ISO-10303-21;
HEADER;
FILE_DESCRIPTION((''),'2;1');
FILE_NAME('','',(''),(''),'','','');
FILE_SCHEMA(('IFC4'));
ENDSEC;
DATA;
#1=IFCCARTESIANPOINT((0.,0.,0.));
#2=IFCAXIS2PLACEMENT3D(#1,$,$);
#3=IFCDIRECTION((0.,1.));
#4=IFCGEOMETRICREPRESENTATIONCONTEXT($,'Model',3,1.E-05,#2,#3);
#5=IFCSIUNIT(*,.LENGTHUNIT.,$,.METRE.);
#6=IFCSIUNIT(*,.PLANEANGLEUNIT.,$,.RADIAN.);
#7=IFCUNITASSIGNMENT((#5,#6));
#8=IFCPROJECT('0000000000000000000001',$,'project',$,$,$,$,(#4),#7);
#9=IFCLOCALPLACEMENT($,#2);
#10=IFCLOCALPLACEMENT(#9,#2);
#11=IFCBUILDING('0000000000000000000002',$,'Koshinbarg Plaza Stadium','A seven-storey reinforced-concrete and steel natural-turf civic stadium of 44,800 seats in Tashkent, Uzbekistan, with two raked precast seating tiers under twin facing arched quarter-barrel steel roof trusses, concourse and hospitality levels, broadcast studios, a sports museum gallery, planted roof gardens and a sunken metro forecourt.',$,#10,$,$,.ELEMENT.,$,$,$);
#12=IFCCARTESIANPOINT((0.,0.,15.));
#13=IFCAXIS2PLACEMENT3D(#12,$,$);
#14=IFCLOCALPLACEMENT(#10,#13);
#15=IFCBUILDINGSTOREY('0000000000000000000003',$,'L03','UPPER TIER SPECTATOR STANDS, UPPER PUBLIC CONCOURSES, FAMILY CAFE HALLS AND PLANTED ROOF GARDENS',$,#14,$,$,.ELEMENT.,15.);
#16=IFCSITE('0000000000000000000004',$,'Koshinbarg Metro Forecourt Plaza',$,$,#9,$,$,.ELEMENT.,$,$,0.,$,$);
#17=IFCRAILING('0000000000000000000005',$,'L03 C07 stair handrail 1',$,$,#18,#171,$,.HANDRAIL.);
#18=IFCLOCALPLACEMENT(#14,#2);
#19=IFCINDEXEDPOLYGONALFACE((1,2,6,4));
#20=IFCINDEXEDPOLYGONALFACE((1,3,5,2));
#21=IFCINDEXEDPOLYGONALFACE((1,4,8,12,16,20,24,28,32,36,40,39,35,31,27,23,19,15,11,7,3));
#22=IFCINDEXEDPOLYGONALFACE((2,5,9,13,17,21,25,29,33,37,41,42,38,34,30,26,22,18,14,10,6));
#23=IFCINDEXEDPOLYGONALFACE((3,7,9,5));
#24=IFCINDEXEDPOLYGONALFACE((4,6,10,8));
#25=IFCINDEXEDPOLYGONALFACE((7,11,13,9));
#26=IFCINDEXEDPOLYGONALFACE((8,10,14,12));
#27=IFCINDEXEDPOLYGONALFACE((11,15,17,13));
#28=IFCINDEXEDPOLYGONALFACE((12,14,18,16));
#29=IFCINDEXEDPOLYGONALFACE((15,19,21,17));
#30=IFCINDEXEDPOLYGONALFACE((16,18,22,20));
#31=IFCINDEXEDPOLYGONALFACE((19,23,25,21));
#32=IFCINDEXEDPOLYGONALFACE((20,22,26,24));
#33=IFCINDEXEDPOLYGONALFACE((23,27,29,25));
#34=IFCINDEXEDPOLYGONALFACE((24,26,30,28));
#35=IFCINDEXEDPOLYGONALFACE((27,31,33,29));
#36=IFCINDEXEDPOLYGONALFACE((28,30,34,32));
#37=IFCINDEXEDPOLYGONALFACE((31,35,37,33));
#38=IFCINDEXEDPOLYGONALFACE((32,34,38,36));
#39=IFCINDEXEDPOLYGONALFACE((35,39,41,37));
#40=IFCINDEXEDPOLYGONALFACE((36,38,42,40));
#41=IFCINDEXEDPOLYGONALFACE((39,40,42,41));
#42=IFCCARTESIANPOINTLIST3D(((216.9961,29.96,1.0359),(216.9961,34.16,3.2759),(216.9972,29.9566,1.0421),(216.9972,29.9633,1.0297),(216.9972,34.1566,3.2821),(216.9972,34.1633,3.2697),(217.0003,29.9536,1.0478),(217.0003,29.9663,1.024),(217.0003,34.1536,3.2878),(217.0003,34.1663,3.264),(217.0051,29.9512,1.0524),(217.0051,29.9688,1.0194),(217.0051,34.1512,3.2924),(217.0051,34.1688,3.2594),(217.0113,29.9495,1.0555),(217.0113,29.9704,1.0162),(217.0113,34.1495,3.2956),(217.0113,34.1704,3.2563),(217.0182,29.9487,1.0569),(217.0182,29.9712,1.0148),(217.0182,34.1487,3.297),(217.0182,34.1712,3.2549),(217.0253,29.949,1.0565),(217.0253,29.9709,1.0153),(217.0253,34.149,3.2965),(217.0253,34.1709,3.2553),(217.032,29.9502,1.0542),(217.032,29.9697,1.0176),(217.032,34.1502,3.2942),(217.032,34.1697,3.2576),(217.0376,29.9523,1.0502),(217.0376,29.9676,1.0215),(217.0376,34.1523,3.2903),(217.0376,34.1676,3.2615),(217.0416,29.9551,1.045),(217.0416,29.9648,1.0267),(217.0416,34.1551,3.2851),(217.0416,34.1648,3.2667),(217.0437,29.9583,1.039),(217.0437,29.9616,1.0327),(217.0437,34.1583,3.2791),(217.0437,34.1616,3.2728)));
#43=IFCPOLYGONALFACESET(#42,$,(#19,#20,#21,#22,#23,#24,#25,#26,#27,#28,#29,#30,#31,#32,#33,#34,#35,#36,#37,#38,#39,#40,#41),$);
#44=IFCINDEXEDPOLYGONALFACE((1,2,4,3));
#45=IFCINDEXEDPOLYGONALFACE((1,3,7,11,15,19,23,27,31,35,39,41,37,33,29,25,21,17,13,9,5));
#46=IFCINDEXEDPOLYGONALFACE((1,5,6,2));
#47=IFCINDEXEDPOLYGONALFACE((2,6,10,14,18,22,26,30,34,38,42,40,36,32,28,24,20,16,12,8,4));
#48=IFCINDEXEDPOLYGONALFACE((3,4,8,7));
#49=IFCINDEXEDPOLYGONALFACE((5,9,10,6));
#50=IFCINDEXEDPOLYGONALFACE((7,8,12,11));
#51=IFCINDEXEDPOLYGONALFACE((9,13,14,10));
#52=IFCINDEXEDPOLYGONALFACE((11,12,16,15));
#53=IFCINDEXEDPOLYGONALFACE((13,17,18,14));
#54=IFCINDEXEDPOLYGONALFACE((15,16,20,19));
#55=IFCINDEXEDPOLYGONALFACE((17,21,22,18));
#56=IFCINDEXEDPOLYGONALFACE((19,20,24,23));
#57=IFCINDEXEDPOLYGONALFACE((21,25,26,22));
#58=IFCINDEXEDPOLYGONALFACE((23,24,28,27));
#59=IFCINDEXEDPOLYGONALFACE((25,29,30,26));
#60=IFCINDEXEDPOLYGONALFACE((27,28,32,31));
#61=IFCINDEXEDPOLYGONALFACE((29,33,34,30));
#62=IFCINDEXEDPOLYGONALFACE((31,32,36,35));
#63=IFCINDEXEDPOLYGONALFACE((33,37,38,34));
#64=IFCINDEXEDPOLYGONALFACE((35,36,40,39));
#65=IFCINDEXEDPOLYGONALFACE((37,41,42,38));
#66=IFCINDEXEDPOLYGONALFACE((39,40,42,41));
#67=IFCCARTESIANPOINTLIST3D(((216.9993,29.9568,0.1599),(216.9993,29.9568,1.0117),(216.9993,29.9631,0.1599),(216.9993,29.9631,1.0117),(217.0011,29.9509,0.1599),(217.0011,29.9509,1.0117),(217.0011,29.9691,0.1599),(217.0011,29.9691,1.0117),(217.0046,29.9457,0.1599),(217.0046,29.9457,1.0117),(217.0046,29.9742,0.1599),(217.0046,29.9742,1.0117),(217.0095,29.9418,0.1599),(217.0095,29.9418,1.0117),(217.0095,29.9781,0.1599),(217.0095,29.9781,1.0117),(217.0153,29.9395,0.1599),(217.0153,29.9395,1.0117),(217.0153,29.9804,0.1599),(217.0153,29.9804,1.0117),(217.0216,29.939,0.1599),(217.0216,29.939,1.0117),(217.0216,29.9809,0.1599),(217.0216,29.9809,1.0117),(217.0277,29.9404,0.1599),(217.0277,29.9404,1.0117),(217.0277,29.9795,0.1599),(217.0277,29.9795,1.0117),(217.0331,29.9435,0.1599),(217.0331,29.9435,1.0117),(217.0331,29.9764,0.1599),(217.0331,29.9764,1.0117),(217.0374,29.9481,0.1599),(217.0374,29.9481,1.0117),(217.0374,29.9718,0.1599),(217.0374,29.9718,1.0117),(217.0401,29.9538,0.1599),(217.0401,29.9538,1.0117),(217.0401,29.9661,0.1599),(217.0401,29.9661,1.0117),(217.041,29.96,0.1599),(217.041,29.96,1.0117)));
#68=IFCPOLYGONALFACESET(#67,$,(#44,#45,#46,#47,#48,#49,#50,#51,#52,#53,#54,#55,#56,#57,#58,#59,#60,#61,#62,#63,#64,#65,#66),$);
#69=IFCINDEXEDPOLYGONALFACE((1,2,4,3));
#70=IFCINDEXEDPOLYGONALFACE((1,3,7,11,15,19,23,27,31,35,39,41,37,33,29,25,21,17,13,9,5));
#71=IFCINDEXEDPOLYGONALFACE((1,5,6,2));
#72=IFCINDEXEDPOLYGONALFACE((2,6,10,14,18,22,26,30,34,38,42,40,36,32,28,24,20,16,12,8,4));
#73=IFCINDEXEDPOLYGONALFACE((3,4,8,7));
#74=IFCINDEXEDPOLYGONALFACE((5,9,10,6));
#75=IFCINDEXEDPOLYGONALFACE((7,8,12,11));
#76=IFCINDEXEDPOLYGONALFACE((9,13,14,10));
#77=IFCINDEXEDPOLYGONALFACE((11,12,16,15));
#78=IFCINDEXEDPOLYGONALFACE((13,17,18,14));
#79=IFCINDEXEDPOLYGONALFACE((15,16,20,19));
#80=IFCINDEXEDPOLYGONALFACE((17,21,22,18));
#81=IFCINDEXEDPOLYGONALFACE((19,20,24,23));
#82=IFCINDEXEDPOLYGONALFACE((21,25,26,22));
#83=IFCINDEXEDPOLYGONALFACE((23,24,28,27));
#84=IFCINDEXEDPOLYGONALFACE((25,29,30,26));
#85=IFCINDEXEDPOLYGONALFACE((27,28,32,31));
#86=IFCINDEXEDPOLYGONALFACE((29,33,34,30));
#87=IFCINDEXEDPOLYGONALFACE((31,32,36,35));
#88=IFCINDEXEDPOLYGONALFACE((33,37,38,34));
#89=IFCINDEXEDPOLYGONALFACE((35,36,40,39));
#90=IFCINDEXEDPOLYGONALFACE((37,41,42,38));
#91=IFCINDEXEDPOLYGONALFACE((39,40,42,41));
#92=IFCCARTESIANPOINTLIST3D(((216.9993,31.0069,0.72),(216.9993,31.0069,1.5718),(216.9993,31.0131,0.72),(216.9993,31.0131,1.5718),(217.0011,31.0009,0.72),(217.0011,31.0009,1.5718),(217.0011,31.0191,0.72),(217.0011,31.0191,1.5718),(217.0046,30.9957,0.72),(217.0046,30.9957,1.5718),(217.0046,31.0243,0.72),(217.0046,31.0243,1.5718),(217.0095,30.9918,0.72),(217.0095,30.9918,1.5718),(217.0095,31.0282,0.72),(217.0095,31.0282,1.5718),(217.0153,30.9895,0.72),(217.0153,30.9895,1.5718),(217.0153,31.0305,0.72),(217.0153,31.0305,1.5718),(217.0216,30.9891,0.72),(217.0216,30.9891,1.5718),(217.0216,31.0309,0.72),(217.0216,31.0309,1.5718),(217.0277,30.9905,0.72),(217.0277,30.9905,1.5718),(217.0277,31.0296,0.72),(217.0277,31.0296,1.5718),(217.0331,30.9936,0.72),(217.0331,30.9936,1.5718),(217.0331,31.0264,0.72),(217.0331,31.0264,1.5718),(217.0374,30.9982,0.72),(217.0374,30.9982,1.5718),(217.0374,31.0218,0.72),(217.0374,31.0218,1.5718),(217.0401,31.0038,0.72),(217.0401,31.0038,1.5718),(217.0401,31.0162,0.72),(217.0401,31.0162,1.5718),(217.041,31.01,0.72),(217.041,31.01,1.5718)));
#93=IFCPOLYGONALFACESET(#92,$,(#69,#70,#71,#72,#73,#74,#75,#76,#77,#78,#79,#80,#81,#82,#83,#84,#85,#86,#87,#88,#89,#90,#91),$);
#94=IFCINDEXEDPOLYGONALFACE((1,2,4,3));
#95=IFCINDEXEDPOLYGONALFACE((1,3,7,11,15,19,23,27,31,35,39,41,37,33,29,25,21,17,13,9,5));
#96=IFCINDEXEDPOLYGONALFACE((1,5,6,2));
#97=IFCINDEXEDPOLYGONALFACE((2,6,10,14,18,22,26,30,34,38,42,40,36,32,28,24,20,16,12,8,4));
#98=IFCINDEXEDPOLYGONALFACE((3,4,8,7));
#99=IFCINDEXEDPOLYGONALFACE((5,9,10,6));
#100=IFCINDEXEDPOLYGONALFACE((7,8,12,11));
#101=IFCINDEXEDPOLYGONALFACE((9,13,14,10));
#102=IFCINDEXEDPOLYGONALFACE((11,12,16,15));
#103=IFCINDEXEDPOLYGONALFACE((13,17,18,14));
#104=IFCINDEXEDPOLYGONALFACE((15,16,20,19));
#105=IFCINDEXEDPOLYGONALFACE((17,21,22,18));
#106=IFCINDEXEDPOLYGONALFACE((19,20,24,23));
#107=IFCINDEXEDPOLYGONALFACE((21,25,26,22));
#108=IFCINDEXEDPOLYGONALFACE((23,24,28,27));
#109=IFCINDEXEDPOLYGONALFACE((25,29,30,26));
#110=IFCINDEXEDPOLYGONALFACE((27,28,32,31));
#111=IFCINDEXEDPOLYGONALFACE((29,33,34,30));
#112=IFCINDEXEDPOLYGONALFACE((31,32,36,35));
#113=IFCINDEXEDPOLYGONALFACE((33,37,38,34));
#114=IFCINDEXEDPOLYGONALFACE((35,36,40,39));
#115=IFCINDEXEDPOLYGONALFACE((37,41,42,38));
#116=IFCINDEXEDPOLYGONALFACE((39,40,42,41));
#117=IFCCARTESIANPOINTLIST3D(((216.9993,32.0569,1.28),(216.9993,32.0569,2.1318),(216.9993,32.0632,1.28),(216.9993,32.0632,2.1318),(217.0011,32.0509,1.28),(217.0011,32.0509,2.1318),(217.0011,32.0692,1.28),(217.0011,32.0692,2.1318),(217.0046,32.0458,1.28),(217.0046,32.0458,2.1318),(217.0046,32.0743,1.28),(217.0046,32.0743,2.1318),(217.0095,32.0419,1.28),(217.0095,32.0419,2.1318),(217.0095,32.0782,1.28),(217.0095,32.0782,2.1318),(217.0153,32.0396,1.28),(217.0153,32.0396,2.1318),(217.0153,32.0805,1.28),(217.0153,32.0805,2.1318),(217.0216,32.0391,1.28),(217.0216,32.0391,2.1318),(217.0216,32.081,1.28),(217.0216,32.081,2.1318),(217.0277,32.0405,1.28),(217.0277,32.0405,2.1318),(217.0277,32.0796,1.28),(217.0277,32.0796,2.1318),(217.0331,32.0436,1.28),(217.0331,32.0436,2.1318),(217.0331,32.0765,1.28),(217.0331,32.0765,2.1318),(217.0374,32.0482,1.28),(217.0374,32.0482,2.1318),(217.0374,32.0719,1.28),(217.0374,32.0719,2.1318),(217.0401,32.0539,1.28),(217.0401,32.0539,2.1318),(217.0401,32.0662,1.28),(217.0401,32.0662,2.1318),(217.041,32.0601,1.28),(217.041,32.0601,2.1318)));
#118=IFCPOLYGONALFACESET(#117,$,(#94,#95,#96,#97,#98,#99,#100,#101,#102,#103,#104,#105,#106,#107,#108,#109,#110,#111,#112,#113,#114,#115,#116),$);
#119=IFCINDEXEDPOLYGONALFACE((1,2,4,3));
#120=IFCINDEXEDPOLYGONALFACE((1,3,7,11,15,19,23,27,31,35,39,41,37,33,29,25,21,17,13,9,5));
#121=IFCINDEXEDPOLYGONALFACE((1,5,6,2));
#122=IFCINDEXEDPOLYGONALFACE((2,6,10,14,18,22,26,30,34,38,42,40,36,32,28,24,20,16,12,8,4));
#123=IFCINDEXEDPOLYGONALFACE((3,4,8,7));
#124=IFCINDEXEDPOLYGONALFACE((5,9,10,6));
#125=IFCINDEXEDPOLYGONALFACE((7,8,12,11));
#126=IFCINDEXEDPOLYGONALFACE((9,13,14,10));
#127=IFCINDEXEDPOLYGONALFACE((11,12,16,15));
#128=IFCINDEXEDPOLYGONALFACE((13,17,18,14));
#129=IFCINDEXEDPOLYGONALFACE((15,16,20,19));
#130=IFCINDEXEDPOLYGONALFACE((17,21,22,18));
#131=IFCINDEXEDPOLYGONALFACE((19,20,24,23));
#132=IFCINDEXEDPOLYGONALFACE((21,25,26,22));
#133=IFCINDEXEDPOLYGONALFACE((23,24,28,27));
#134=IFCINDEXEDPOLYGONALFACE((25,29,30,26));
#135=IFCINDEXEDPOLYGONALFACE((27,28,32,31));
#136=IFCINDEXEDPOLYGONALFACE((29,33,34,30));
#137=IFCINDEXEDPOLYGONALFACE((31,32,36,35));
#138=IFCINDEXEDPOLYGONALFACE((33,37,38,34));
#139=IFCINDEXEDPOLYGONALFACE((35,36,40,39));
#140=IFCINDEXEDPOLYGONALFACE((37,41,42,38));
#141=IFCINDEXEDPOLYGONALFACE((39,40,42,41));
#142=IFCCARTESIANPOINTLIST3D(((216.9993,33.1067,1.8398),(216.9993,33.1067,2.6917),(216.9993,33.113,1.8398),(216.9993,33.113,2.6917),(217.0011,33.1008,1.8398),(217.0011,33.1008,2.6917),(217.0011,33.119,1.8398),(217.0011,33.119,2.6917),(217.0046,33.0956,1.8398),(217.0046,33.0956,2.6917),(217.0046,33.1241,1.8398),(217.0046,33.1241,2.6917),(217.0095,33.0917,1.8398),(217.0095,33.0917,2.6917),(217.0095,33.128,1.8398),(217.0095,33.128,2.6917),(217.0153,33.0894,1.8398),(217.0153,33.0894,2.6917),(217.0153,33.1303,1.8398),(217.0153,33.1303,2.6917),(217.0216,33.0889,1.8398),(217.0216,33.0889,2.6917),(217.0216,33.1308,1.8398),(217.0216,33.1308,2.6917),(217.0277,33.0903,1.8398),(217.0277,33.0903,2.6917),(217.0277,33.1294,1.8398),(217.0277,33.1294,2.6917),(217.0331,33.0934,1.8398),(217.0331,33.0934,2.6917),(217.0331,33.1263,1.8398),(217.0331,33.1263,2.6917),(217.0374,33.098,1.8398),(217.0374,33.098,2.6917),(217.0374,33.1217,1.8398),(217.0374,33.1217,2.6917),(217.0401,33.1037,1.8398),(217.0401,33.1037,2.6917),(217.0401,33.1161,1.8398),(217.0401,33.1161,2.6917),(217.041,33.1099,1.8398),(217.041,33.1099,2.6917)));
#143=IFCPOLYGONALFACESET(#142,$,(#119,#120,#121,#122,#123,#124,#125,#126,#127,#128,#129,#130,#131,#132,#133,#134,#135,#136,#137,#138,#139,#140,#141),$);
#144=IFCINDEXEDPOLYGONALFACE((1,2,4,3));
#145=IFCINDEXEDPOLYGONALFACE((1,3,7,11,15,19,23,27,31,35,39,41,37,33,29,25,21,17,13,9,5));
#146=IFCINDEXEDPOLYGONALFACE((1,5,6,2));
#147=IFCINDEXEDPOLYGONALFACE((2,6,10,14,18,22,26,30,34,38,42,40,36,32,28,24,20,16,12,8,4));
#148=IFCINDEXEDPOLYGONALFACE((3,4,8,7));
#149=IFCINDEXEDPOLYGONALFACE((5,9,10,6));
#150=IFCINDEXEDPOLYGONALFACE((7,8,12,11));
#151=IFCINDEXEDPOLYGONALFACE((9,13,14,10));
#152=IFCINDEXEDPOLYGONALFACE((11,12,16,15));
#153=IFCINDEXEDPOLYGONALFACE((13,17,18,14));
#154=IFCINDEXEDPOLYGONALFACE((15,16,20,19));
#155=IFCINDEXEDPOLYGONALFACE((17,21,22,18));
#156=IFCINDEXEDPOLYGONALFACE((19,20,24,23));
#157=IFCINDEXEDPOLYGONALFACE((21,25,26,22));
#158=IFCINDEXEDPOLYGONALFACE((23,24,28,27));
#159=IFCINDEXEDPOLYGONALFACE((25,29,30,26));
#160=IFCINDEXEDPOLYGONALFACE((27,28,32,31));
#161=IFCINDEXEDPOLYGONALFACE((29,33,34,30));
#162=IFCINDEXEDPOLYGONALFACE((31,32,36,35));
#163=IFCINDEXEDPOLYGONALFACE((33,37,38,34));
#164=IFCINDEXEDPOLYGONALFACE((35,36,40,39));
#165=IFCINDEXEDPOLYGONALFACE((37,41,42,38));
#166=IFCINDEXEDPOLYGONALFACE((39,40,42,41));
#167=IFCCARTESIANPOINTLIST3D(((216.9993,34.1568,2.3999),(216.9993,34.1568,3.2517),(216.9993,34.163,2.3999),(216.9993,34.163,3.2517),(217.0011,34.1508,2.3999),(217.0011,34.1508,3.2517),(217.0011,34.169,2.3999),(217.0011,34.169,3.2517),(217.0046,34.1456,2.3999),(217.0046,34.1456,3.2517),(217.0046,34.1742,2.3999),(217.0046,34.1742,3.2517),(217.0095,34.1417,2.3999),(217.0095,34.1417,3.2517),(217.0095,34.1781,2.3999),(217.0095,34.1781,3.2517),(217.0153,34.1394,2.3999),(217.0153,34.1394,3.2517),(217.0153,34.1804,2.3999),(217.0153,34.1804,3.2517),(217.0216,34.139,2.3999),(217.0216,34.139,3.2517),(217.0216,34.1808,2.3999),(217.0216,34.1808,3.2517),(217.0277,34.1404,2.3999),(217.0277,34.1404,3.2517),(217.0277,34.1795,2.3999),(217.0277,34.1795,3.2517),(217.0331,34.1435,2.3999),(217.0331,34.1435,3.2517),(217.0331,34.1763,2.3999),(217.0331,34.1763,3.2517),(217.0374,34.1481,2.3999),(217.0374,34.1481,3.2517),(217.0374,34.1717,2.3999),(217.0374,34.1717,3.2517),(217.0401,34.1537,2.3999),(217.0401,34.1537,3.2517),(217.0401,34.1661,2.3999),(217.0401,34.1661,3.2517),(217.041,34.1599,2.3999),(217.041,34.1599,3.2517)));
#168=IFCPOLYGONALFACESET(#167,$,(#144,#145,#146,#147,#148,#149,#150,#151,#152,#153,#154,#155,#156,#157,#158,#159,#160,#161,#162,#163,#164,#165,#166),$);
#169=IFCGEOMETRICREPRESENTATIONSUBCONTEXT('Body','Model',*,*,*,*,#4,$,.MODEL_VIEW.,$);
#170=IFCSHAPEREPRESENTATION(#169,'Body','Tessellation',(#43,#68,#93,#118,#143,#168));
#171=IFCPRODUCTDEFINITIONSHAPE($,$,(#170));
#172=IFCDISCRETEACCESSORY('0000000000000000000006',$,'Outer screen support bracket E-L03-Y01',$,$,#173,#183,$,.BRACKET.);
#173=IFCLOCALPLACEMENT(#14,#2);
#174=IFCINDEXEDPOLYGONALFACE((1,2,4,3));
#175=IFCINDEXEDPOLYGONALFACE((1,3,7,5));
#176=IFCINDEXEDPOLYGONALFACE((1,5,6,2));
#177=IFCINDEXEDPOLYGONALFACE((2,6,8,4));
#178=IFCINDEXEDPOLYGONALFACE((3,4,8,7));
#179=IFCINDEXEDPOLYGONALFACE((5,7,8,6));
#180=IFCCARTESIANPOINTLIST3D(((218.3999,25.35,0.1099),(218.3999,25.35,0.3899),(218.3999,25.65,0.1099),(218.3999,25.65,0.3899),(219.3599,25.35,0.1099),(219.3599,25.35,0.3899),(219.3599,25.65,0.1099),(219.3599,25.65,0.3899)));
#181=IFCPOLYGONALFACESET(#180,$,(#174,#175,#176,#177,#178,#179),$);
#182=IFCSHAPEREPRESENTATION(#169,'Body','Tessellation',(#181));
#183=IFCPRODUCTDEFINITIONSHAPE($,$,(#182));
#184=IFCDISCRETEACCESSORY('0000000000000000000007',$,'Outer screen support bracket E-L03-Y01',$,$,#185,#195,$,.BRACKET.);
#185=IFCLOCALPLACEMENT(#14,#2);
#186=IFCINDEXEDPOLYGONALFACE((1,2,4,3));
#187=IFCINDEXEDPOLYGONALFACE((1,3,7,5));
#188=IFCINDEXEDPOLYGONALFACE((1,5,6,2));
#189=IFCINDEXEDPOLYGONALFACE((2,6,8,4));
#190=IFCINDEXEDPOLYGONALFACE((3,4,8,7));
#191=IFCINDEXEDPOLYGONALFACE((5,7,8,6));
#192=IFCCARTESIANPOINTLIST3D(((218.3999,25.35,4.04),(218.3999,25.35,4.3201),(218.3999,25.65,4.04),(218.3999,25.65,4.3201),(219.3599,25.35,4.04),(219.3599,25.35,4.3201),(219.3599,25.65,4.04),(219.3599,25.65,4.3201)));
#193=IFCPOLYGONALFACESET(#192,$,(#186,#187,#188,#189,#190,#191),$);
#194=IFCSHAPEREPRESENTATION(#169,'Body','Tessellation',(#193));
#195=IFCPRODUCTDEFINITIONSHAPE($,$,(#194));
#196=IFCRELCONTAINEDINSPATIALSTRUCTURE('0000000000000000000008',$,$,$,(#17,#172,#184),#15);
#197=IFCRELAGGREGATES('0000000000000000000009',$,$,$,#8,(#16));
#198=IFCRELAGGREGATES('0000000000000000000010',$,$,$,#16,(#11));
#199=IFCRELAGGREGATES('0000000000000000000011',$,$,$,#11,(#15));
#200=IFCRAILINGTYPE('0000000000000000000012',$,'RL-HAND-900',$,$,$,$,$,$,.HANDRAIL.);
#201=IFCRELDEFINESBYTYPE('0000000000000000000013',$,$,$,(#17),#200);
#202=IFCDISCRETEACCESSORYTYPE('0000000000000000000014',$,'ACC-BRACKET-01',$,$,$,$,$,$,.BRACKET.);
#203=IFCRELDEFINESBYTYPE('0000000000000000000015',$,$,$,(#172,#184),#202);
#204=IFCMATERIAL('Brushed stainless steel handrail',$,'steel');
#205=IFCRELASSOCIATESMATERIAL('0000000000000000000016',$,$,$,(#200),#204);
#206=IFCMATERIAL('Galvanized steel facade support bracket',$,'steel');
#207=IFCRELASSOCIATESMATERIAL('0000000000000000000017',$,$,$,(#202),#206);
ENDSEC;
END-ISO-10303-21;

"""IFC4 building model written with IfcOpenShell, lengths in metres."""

from ifc_helpers import new_model, si_unit, direction, frame, origin, origin_2d, place, context, subcontext, project, spatial, rectangle, circle, extrude, material, type_object, element, save


model = new_model("IFC4")

# Units and contexts
model_context = context("Model", 3, precision=1e-05, world=origin(), true_north=direction((0.0, 1.0)))
body_context = subcontext(model_context, "Body", "Model", "MODEL_VIEW")
ifc_project = project(units=[si_unit("LENGTHUNIT", "METRE"), si_unit("PLANEANGLEUNIT", "RADIAN")], contexts=[model_context])

# Site, building, storey
site_placement = place(None, origin())
site = spatial("IfcSite", under=ifc_project, at=site_placement, Name="Koshinbarg Metro Forecourt Plaza", CompositionType="ELEMENT", RefElevation=0.0)
building_placement = place(site_placement, origin())
building = spatial("IfcBuilding", under=site, at=building_placement, Name="Koshinbarg Plaza Stadium", Description="A seven-storey reinforced-concrete and steel natural-turf civic stadium of 44,800 seats in Tashkent, Uzbekistan, with two raked precast seating tiers under twin facing arched quarter-barrel steel roof trusses, concourse and hospitality levels, broadcast studios, a sports museum gallery, planted roof gardens and a sunken metro forecourt.", CompositionType="ELEMENT")
storey_placement = place(building_placement, frame((0.0, 0.0, 15.0)))
storey = spatial("IfcBuildingStorey", under=building, at=storey_placement, Name="L03", Description="UPPER TIER SPECTATOR STANDS, UPPER PUBLIC CONCOURSES, FAMILY CAFE HALLS AND PLANTED ROOF GARDENS", CompositionType="ELEMENT", Elevation=15.0)

# Railing
ifc_material_1 = material(Name="Brushed stainless steel handrail", Category="steel")
railing_type_1 = type_object("IfcRailingType", Name="RL-HAND-900", PredefinedType="HANDRAIL", material=ifc_material_1)
railing_1_placement = place(storey_placement, frame((217.02, 29.96, 0.1599)))
element("IfcRailing", 1, at=railing_1_placement, inside=storey, type_object=railing_type_1, Name="L03 C07 stair handrail 1", PredefinedType="HANDRAIL", context=body_context, shape_type="SweptSolid", body=[
    extrude(circle(Radius=0.0239, at=origin_2d()), frame((0.0, 0.0, 0.876), z_axis=(0.0, 0.882352, 0.470591), x_axis=(-1.0, 0.0, 0.0)), (0.0, 0.0, 1.0), 4.76),
    extrude(circle(Radius=0.021, at=origin_2d()), origin(), (0.0, 0.0, 1.0), 0.8518),
    extrude(circle(Radius=0.021, at=origin_2d()), frame((0.0, 1.05, 0.5601)), (0.0, 0.0, 1.0), 0.8518),
    extrude(circle(Radius=0.021, at=origin_2d()), frame((0.0, 2.1001, 1.1201)), (0.0, 0.0, 1.0), 0.8518),
    extrude(circle(Radius=0.021, at=origin_2d()), frame((0.0, 3.1499, 1.6799)), (0.0, 0.0, 1.0), 0.8518),
    extrude(circle(Radius=0.021, at=origin_2d()), frame((0.0, 4.2, 2.24)), (0.0, 0.0, 1.0), 0.8518),
])

# Discrete accessories
ifc_material_2 = material(Name="Galvanized steel facade support bracket", Category="steel")
discrete_accessory_type = type_object("IfcDiscreteAccessoryType", Name="ACC-BRACKET-01", PredefinedType="BRACKET", material=ifc_material_2)
for number, where, z_axis, x_axis, name in (
    (2, (218.8799, 25.5, 0.1099), (0.0, 0.0, 1.0), (1.0, 0.0, 0.0), "Outer screen support bracket E-L03-Y01"),
    (3, (218.8799, 25.5, 4.04), (0.0, 0.0, 1.0), (1.0, 0.0, 0.0), "Outer screen support bracket E-L03-Y01"),
):
    element("IfcDiscreteAccessory", number, at=place(storey_placement, frame(where, z_axis=z_axis, x_axis=x_axis)), inside=storey, type_object=discrete_accessory_type, Name=name, PredefinedType="BRACKET", context=body_context, shape_type="SweptSolid", body=[
        extrude(rectangle(XDim=0.96, YDim=0.3, at=origin_2d()), origin(), (0.0, 0.0, 1.0), 0.28),
    ])

save(model, "model.ifc")
